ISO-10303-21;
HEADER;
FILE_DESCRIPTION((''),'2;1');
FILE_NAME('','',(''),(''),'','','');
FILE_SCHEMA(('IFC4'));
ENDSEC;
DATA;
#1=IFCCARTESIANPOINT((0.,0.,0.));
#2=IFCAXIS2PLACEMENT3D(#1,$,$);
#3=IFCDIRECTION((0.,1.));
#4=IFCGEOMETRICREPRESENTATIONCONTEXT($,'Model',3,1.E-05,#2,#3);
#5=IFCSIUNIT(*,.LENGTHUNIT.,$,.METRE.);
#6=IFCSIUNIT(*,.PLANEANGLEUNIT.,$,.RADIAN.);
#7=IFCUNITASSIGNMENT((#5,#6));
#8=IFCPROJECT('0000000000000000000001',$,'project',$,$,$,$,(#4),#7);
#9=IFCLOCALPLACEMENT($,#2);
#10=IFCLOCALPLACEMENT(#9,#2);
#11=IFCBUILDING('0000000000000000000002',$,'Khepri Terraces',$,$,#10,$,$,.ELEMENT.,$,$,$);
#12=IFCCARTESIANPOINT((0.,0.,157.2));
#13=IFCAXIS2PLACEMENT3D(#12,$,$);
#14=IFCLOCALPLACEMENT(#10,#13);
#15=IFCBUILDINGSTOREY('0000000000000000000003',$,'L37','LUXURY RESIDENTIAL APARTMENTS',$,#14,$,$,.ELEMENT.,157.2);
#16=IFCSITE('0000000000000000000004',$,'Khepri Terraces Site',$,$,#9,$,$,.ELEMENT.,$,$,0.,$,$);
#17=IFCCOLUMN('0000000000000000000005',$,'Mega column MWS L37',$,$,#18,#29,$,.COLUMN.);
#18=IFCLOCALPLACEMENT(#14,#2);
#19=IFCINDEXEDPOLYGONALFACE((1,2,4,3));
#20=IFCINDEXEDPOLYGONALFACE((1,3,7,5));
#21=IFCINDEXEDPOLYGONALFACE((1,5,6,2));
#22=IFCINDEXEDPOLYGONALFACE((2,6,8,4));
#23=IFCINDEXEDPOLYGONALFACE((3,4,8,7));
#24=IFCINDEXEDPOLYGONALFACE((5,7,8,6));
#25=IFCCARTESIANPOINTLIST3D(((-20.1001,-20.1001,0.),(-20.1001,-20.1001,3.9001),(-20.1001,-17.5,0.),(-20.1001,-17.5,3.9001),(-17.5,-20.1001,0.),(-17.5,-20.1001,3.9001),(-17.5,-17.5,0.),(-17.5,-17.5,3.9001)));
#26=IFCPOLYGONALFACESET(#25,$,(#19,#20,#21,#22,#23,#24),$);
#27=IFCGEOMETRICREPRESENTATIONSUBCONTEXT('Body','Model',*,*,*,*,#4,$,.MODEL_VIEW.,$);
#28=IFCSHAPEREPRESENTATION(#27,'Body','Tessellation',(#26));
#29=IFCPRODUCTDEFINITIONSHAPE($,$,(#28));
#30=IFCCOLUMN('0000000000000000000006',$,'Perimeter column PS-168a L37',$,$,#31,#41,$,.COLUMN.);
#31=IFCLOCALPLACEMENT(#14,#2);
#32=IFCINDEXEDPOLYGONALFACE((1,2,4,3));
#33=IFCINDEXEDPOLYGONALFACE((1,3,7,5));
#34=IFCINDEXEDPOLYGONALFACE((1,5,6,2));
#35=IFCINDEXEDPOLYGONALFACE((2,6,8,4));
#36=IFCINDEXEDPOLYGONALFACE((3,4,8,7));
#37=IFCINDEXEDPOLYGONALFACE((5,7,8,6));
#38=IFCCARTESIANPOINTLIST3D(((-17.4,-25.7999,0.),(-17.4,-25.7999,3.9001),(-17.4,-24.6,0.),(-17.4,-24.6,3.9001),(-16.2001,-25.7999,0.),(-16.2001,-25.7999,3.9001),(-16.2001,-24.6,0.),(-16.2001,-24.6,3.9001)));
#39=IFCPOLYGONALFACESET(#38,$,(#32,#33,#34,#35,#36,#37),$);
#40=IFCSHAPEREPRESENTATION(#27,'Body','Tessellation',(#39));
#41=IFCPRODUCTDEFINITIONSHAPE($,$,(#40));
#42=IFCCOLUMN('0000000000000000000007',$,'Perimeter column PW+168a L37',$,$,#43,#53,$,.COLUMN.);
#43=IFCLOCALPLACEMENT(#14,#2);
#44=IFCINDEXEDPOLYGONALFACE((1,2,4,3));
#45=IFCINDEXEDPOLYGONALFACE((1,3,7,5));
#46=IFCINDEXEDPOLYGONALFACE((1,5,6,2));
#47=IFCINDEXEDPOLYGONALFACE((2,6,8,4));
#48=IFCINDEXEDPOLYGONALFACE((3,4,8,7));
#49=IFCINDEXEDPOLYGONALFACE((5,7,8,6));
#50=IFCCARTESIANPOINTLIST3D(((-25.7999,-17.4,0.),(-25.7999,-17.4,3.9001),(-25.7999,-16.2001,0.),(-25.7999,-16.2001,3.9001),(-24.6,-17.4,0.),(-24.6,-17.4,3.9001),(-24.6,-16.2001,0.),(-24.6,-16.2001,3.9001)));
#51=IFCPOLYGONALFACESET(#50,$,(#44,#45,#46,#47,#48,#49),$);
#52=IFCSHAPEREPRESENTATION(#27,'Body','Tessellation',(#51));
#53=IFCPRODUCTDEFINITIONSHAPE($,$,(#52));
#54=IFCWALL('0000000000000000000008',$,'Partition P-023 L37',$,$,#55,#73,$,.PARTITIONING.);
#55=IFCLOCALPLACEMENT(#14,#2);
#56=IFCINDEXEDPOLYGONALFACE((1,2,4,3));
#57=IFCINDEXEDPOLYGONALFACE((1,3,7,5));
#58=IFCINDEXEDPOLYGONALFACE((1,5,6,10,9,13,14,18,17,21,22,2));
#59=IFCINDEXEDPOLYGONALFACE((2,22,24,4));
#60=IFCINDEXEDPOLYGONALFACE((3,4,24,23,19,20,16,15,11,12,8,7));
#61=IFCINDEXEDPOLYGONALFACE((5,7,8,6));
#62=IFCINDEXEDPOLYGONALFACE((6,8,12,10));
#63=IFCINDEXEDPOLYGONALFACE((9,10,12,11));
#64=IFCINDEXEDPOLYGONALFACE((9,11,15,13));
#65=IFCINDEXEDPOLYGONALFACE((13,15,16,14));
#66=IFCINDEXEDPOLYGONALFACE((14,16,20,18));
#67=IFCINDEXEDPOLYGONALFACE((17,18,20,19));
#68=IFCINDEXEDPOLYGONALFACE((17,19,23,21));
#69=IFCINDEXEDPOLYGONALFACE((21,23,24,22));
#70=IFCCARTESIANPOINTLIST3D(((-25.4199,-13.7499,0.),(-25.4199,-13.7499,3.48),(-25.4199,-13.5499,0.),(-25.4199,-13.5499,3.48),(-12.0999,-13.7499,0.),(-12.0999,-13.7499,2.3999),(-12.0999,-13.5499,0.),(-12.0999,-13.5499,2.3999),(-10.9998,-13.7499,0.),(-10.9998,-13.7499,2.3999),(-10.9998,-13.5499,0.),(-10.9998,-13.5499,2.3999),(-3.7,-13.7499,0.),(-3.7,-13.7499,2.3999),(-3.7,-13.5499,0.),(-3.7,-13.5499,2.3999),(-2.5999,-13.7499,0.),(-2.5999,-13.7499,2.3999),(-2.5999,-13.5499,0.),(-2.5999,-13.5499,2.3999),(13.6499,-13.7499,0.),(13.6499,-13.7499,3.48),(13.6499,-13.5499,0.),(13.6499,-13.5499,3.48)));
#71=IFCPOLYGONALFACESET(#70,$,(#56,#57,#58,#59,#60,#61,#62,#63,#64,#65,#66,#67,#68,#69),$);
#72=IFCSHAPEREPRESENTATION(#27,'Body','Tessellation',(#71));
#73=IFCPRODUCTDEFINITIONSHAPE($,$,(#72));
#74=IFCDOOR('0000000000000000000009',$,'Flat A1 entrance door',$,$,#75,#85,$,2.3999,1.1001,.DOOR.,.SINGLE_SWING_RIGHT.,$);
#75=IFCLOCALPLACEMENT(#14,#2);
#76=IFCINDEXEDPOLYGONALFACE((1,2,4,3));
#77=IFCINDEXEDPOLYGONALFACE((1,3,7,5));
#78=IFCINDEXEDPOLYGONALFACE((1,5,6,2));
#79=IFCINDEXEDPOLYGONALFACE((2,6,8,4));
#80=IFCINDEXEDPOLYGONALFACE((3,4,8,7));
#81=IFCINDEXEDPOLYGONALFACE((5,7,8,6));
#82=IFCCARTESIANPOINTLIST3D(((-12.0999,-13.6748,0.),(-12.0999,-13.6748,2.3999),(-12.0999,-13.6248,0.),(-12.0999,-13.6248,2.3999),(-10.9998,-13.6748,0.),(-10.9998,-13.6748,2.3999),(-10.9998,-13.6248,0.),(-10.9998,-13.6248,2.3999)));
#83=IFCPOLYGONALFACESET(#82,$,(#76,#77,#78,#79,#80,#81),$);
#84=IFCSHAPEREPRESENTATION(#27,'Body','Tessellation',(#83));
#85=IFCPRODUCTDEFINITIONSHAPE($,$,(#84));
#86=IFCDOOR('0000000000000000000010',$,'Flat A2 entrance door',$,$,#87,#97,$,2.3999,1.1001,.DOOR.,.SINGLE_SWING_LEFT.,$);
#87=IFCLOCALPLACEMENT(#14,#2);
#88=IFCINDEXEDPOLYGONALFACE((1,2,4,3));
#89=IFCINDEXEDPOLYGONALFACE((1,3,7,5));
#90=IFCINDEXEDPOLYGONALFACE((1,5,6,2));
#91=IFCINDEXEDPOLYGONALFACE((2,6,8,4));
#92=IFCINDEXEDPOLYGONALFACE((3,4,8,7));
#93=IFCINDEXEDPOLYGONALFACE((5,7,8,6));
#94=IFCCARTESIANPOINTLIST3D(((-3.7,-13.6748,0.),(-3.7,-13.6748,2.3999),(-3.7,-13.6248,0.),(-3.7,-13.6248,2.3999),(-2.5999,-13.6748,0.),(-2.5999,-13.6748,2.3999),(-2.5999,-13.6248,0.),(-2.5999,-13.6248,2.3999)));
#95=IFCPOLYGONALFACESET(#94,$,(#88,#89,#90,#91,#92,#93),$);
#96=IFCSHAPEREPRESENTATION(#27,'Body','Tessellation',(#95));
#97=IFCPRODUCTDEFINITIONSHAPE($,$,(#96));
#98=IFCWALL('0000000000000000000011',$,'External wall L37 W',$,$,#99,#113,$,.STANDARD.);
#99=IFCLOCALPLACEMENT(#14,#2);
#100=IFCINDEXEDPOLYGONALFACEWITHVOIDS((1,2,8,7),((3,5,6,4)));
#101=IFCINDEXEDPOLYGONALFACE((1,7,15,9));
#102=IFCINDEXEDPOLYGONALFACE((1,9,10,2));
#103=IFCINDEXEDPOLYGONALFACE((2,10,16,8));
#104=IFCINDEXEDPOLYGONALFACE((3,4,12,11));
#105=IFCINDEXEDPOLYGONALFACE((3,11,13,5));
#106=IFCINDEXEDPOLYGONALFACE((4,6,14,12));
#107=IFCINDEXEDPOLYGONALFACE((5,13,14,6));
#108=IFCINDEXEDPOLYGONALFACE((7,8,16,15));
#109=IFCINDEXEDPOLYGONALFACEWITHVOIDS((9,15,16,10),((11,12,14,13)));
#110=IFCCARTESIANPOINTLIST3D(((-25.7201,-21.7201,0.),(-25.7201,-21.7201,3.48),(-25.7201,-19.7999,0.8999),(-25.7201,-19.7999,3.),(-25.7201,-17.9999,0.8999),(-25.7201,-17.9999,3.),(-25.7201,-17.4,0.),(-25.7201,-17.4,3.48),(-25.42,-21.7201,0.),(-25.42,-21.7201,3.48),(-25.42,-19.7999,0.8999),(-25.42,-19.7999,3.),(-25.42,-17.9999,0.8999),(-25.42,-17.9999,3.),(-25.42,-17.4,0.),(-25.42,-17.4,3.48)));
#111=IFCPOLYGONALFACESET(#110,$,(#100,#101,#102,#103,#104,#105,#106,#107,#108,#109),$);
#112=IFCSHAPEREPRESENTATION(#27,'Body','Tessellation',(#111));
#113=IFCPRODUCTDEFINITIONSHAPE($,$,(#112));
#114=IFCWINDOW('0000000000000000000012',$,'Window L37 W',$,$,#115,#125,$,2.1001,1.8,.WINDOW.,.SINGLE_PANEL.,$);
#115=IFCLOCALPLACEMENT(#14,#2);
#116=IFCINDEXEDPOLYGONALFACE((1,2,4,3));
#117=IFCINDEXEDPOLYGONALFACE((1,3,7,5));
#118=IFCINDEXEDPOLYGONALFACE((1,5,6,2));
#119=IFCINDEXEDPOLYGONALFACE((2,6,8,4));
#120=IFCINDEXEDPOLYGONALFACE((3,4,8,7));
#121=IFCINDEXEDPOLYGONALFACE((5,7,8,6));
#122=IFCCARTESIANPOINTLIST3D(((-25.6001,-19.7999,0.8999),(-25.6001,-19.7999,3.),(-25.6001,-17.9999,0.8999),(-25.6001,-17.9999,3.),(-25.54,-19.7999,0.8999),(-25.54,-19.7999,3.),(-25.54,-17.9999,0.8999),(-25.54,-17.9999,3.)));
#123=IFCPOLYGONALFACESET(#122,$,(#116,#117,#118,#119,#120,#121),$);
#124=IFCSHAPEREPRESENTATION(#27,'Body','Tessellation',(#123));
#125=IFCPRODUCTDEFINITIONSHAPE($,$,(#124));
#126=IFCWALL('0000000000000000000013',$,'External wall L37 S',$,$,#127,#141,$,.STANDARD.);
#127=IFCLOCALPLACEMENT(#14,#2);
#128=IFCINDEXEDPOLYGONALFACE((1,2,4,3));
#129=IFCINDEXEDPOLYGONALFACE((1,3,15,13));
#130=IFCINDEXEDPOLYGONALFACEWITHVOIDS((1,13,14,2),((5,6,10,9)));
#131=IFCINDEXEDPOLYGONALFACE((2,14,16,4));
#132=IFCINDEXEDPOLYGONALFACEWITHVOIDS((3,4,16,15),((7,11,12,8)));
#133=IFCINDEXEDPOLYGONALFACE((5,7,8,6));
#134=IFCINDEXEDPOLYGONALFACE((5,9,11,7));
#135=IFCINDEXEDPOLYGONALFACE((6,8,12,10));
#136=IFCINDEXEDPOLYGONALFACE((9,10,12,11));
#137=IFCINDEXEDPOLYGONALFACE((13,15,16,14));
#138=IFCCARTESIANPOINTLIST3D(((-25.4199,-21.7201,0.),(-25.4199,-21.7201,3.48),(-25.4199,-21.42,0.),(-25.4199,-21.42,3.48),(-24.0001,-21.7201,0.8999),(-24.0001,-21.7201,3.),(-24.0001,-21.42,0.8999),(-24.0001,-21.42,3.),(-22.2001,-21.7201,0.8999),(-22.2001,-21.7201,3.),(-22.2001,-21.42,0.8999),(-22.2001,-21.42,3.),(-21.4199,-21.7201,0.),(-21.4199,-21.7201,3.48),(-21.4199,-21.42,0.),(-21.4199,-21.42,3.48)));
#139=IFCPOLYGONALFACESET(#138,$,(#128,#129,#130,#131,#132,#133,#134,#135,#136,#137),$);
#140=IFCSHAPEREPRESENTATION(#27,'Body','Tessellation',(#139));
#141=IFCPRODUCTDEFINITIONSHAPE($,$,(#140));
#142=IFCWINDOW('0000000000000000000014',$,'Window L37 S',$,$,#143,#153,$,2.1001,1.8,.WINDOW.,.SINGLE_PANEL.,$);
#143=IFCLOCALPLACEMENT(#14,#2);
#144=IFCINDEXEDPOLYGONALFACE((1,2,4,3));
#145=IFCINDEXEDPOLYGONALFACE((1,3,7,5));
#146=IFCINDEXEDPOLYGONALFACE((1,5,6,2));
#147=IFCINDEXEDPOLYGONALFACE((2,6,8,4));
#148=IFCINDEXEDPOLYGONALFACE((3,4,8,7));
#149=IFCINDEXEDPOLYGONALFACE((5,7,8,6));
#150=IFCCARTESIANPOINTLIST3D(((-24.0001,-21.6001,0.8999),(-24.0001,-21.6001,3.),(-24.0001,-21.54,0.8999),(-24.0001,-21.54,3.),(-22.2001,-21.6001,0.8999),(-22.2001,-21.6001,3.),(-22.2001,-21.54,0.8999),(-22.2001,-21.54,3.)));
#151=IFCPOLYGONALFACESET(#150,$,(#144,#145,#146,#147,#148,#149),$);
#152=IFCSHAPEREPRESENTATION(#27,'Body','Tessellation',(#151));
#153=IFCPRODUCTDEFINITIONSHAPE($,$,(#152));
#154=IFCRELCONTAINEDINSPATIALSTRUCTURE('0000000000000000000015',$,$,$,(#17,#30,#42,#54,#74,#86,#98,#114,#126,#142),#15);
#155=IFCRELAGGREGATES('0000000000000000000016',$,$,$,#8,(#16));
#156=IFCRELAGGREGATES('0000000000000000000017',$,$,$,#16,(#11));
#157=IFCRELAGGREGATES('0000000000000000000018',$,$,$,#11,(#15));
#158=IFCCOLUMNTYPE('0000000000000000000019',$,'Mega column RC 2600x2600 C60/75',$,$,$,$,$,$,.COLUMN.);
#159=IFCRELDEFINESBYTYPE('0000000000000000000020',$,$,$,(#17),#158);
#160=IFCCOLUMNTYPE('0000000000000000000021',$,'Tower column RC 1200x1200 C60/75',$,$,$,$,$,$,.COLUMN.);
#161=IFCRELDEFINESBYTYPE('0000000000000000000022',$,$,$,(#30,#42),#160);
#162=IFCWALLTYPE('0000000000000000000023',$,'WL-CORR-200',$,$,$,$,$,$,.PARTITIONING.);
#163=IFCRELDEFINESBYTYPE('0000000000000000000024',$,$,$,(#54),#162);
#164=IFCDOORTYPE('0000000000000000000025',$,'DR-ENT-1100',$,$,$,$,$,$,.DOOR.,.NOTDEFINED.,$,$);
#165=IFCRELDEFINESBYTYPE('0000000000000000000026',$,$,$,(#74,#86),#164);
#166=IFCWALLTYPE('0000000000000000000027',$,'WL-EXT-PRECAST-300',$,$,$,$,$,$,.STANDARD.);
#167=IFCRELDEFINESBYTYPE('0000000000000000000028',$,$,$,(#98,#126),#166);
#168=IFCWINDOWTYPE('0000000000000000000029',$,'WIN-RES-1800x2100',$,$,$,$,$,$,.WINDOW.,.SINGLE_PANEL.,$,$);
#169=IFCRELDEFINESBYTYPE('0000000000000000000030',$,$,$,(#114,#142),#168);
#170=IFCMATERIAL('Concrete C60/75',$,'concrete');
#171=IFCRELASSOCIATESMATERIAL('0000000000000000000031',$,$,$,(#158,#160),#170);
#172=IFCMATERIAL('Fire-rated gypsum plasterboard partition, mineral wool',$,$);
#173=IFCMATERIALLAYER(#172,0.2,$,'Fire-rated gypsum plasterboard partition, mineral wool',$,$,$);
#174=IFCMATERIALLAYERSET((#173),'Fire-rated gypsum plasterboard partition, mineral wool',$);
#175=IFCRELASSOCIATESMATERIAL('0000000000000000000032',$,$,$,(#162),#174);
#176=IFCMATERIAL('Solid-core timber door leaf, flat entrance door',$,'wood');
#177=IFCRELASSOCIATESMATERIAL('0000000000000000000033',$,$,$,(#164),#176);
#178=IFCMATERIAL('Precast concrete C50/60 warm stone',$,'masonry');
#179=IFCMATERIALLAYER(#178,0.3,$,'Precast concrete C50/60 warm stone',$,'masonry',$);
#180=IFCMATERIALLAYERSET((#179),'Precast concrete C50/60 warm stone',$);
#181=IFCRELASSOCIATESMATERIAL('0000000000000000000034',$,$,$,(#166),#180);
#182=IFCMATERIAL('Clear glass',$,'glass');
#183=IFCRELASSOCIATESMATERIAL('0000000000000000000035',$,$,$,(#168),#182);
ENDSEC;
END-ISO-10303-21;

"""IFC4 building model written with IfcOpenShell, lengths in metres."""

from ifc_helpers import new_model, si_unit, direction, frame, frame_2d, origin, origin_2d, place, context, subcontext, project, spatial, rectangle, extrude, material, layer, layer_set, material_profile, profile_set, type_object, element, fill, save


model = new_model("IFC4")

# Units and contexts
model_context = context("Model", 3, precision=1e-05, world=origin(), true_north=direction((0.0, 1.0)))
body_context = subcontext(model_context, "Body", "Model", "MODEL_VIEW")
ifc_project = project(units=[si_unit("LENGTHUNIT", "METRE"), si_unit("PLANEANGLEUNIT", "RADIAN")], contexts=[model_context])

# Site, building, storey
site_placement = place(None, origin())
site = spatial("IfcSite", under=ifc_project, at=site_placement, Name="Khepri Terraces Site", CompositionType="ELEMENT", RefElevation=0.0)
building_placement = place(site_placement, origin())
building = spatial("IfcBuilding", under=site, at=building_placement, Name="Khepri Terraces", CompositionType="ELEMENT")
storey_placement = place(building_placement, frame((0.0, 0.0, 157.2)))
storey = spatial("IfcBuildingStorey", under=building, at=storey_placement, Name="L37", Description="LUXURY RESIDENTIAL APARTMENTS", CompositionType="ELEMENT", Elevation=157.2)

# Columns
ifc_material_1 = material(Name="Concrete C60/75", Category="concrete")
ifc_material_profile_1 = material_profile(ifc_material_1, rectangle(XDim=2.6001, YDim=2.6001, at=origin_2d()), Name="Concrete C60/75", Category="concrete")
ifc_profile_set_1 = profile_set([ifc_material_profile_1], Name="Concrete C60/75")
column_type_1 = type_object("IfcColumnType", Name="Mega column RC 2600x2600 C60/75", PredefinedType="COLUMN", material=ifc_profile_set_1)
column_placement = place(storey_placement, frame((-18.8, -18.8, 0.0), z_axis=(0.0, 0.0, 1.0), x_axis=(1.0, 0.0, 0.0)))
element("IfcColumn", 1, at=column_placement, inside=storey, type_object=column_type_1, Name="Mega column MWS L37", PredefinedType="COLUMN", context=body_context, shape_type="SweptSolid", body=[
    extrude(rectangle(XDim=2.6001, YDim=2.6001, at=origin_2d()), origin(), (0.0, 0.0, 1.0), 3.9001),
])
ifc_material_profile_2 = material_profile(ifc_material_1, rectangle(XDim=1.2, YDim=1.2, at=origin_2d()), Name="Concrete C60/75", Category="concrete")
ifc_profile_set_2 = profile_set([ifc_material_profile_2], Name="Concrete C60/75")
column_type_2 = type_object("IfcColumnType", Name="Tower column RC 1200x1200 C60/75", PredefinedType="COLUMN", material=ifc_profile_set_2)
for number, where, z_axis, x_axis, name in (
    (2, (-16.8, -25.2, 0.0), (0.0, 0.0, 1.0), (1.0, 0.0, 0.0), "Perimeter column PS-168a L37"),
    (3, (-25.2, -16.8, 0.0), (0.0, 0.0, 1.0), (1.0, 0.0, 0.0), "Perimeter column PW+168a L37"),
):
    element("IfcColumn", number, at=place(storey_placement, frame(where, z_axis=z_axis, x_axis=x_axis)), inside=storey, type_object=column_type_2, Name=name, PredefinedType="COLUMN", context=body_context, shape_type="SweptSolid", body=[
        extrude(rectangle(XDim=1.2, YDim=1.2, at=origin_2d()), origin(), (0.0, 0.0, 1.0), 3.9001),
    ])

# Wall, openings, doors
ifc_material_2 = material(Name="Fire-rated gypsum plasterboard partition, mineral wool")
ifc_layer_1 = layer(ifc_material_2, 0.2, Name="Fire-rated gypsum plasterboard partition, mineral wool")
ifc_layer_set_1 = layer_set([ifc_layer_1], Name="Fire-rated gypsum plasterboard partition, mineral wool")
wall_type_1 = type_object("IfcWallType", Name="WL-CORR-200", PredefinedType="PARTITIONING", material=ifc_layer_set_1)
wall_1_placement = place(storey_placement, frame((-25.4199, -13.6499, 0.0), z_axis=(0.0, 0.0, 1.0), x_axis=(1.0, 0.0, 0.0)))
wall_1 = element("IfcWall", 4, at=wall_1_placement, inside=storey, type_object=wall_type_1, Name="Partition P-023 L37", PredefinedType="PARTITIONING", context=body_context, shape_type="SweptSolid", body=[
    extrude(rectangle(XDim=39.0698, YDim=0.2, at=frame_2d((19.5349, 0.0))), origin(), (0.0, 0.0, 1.0), 3.48),
])
opening_1_placement = place(wall_1_placement, frame((13.3201, 0.0, 0.0)))
opening_1 = element("IfcOpeningElement", 5, at=opening_1_placement, cuts=wall_1, PredefinedType="OPENING", context=body_context, shape_type="SweptSolid", body=[
    extrude(rectangle(XDim=1.1001, YDim=2.3999, at=frame_2d((0.55, 1.2))), frame((0.0, 0.1099, 0.0), z_axis=(0.0, -1.0, 0.0), x_axis=(1.0, 0.0, 0.0)), (0.0, 0.0, 1.0), 0.22),
])
opening_2_placement = place(wall_1_placement, frame((21.72, 0.0, 0.0)))
opening_2 = element("IfcOpeningElement", 6, at=opening_2_placement, cuts=wall_1, PredefinedType="OPENING", context=body_context, shape_type="SweptSolid", body=[
    extrude(rectangle(XDim=1.1001, YDim=2.3999, at=frame_2d((0.55, 1.2))), frame((0.0, 0.1099, 0.0), z_axis=(0.0, -1.0, 0.0), x_axis=(1.0, 0.0, 0.0)), (0.0, 0.0, 1.0), 0.22),
])
ifc_material_3 = material(Name="Solid-core timber door leaf, flat entrance door", Category="wood")
door_type_1 = type_object("IfcDoorType", Name="DR-ENT-1100", OperationType="NOTDEFINED", PredefinedType="DOOR", material=ifc_material_3)
door_1_placement = place(opening_1_placement, frame((1.1001, 0.0, 0.0), z_axis=(0.0, 0.0, 1.0), x_axis=(-1.0, 0.0, 0.0)))
door_1 = element("IfcDoor", 7, at=door_1_placement, inside=storey, type_object=door_type_1, Name="Flat A1 entrance door", OperationType="SINGLE_SWING_RIGHT", OverallHeight=2.3999, OverallWidth=1.1001, PredefinedType="DOOR", context=body_context, shape_type="SweptSolid", body=[
    extrude(rectangle(XDim=1.1001, YDim=2.3999, at=frame_2d((0.55, 1.2))), frame((0.0, 0.0249, 0.0), z_axis=(0.0, -1.0, 0.0), x_axis=(1.0, 0.0, 0.0)), (0.0, 0.0, 1.0), 0.05),
])
fill(opening_1, door_1)
door_2_placement = place(opening_2_placement, frame((1.1001, 0.0, 0.0), z_axis=(0.0, 0.0, 1.0), x_axis=(-1.0, 0.0, 0.0)))
door_2 = element("IfcDoor", 8, at=door_2_placement, inside=storey, type_object=door_type_1, Name="Flat A2 entrance door", OperationType="SINGLE_SWING_LEFT", OverallHeight=2.3999, OverallWidth=1.1001, PredefinedType="DOOR", context=body_context, shape_type="SweptSolid", body=[
    extrude(rectangle(XDim=1.1001, YDim=2.3999, at=frame_2d((0.55, 1.2))), frame((0.0, 0.0249, 0.0), z_axis=(0.0, -1.0, 0.0), x_axis=(1.0, 0.0, 0.0)), (0.0, 0.0, 1.0), 0.05),
])
fill(opening_2, door_2)

# Walls, openings, windows
ifc_material_4 = material(Name="Precast concrete C50/60 warm stone", Category="masonry")
ifc_layer_2 = layer(ifc_material_4, 0.3, Name="Precast concrete C50/60 warm stone", Category="masonry")
ifc_layer_set_2 = layer_set([ifc_layer_2], Name="Precast concrete C50/60 warm stone")
wall_type_2 = type_object("IfcWallType", Name="WL-EXT-PRECAST-300", PredefinedType="STANDARD", material=ifc_layer_set_2)
wall_2_placement = place(storey_placement, frame((-25.5701, -17.3999, 0.0), z_axis=(0.0, 0.0, 1.0), x_axis=(0.0, -1.0, 0.0)))
wall_2 = element("IfcWall", 9, at=wall_2_placement, inside=storey, type_object=wall_type_2, Name="External wall L37 W", PredefinedType="STANDARD", context=body_context, shape_type="SweptSolid", body=[
    extrude(rectangle(XDim=4.3201, YDim=0.3, at=frame_2d((2.1602, 0.0))), origin(), (0.0, 0.0, 1.0), 3.48),
])
opening_3_placement = place(wall_2_placement, frame((0.6001, 0.0, 0.8999)))
opening_3 = element("IfcOpeningElement", 10, at=opening_3_placement, cuts=wall_2, PredefinedType="OPENING", context=body_context, shape_type="SweptSolid", body=[
    extrude(rectangle(XDim=1.8, YDim=2.1001, at=frame_2d((0.8999, 1.05))), frame((0.0, 0.1602, 0.0), z_axis=(0.0, -1.0, 0.0), x_axis=(1.0, 0.0, 0.0)), (0.0, 0.0, 1.0), 0.3201),
])
ifc_material_5 = material(Name="Clear glass", Category="glass")
window_type = type_object("IfcWindowType", Name="WIN-RES-1800x2100", PartitioningType="SINGLE_PANEL", PredefinedType="WINDOW", material=ifc_material_5)
window_1_placement = place(opening_3_placement, origin())
window_1 = element("IfcWindow", 11, at=window_1_placement, inside=storey, type_object=window_type, Name="Window L37 W", OverallHeight=2.1001, OverallWidth=1.8, PartitioningType="SINGLE_PANEL", PredefinedType="WINDOW", context=body_context, shape_type="SweptSolid", body=[
    extrude(rectangle(XDim=1.8, YDim=2.1001, at=frame_2d((0.8999, 1.05))), frame((0.0, 0.03, 0.0), z_axis=(0.0, -1.0, 0.0), x_axis=(1.0, 0.0, 0.0)), (0.0, 0.0, 1.0), 0.0601),
])
fill(opening_3, window_1)
wall_3_placement = place(storey_placement, frame((-25.4199, -21.5701, 0.0), z_axis=(0.0, 0.0, 1.0), x_axis=(1.0, 0.0, 0.0)))
wall_3 = element("IfcWall", 12, at=wall_3_placement, inside=storey, type_object=wall_type_2, Name="External wall L37 S", PredefinedType="STANDARD", context=body_context, shape_type="SweptSolid", body=[
    extrude(rectangle(XDim=4.0, YDim=0.3, at=frame_2d((2.0, 0.0))), origin(), (0.0, 0.0, 1.0), 3.48),
])
opening_4_placement = place(wall_3_placement, frame((1.4199, 0.0, 0.8999)))
opening_4 = element("IfcOpeningElement", 13, at=opening_4_placement, cuts=wall_3, PredefinedType="OPENING", context=body_context, shape_type="SweptSolid", body=[
    extrude(rectangle(XDim=1.8, YDim=2.1001, at=frame_2d((0.8999, 1.05))), frame((0.0, 0.1602, 0.0), z_axis=(0.0, -1.0, 0.0), x_axis=(1.0, 0.0, 0.0)), (0.0, 0.0, 1.0), 0.3201),
])
window_2_placement = place(opening_4_placement, origin())
window_2 = element("IfcWindow", 14, at=window_2_placement, inside=storey, type_object=window_type, Name="Window L37 S", OverallHeight=2.1001, OverallWidth=1.8, PartitioningType="SINGLE_PANEL", PredefinedType="WINDOW", context=body_context, shape_type="SweptSolid", body=[
    extrude(rectangle(XDim=1.8, YDim=2.1001, at=frame_2d((0.8999, 1.05))), frame((0.0, 0.03, 0.0), z_axis=(0.0, -1.0, 0.0), x_axis=(1.0, 0.0, 0.0)), (0.0, 0.0, 1.0), 0.0601),
])
fill(opening_4, window_2)

save(model, "model.ifc")
